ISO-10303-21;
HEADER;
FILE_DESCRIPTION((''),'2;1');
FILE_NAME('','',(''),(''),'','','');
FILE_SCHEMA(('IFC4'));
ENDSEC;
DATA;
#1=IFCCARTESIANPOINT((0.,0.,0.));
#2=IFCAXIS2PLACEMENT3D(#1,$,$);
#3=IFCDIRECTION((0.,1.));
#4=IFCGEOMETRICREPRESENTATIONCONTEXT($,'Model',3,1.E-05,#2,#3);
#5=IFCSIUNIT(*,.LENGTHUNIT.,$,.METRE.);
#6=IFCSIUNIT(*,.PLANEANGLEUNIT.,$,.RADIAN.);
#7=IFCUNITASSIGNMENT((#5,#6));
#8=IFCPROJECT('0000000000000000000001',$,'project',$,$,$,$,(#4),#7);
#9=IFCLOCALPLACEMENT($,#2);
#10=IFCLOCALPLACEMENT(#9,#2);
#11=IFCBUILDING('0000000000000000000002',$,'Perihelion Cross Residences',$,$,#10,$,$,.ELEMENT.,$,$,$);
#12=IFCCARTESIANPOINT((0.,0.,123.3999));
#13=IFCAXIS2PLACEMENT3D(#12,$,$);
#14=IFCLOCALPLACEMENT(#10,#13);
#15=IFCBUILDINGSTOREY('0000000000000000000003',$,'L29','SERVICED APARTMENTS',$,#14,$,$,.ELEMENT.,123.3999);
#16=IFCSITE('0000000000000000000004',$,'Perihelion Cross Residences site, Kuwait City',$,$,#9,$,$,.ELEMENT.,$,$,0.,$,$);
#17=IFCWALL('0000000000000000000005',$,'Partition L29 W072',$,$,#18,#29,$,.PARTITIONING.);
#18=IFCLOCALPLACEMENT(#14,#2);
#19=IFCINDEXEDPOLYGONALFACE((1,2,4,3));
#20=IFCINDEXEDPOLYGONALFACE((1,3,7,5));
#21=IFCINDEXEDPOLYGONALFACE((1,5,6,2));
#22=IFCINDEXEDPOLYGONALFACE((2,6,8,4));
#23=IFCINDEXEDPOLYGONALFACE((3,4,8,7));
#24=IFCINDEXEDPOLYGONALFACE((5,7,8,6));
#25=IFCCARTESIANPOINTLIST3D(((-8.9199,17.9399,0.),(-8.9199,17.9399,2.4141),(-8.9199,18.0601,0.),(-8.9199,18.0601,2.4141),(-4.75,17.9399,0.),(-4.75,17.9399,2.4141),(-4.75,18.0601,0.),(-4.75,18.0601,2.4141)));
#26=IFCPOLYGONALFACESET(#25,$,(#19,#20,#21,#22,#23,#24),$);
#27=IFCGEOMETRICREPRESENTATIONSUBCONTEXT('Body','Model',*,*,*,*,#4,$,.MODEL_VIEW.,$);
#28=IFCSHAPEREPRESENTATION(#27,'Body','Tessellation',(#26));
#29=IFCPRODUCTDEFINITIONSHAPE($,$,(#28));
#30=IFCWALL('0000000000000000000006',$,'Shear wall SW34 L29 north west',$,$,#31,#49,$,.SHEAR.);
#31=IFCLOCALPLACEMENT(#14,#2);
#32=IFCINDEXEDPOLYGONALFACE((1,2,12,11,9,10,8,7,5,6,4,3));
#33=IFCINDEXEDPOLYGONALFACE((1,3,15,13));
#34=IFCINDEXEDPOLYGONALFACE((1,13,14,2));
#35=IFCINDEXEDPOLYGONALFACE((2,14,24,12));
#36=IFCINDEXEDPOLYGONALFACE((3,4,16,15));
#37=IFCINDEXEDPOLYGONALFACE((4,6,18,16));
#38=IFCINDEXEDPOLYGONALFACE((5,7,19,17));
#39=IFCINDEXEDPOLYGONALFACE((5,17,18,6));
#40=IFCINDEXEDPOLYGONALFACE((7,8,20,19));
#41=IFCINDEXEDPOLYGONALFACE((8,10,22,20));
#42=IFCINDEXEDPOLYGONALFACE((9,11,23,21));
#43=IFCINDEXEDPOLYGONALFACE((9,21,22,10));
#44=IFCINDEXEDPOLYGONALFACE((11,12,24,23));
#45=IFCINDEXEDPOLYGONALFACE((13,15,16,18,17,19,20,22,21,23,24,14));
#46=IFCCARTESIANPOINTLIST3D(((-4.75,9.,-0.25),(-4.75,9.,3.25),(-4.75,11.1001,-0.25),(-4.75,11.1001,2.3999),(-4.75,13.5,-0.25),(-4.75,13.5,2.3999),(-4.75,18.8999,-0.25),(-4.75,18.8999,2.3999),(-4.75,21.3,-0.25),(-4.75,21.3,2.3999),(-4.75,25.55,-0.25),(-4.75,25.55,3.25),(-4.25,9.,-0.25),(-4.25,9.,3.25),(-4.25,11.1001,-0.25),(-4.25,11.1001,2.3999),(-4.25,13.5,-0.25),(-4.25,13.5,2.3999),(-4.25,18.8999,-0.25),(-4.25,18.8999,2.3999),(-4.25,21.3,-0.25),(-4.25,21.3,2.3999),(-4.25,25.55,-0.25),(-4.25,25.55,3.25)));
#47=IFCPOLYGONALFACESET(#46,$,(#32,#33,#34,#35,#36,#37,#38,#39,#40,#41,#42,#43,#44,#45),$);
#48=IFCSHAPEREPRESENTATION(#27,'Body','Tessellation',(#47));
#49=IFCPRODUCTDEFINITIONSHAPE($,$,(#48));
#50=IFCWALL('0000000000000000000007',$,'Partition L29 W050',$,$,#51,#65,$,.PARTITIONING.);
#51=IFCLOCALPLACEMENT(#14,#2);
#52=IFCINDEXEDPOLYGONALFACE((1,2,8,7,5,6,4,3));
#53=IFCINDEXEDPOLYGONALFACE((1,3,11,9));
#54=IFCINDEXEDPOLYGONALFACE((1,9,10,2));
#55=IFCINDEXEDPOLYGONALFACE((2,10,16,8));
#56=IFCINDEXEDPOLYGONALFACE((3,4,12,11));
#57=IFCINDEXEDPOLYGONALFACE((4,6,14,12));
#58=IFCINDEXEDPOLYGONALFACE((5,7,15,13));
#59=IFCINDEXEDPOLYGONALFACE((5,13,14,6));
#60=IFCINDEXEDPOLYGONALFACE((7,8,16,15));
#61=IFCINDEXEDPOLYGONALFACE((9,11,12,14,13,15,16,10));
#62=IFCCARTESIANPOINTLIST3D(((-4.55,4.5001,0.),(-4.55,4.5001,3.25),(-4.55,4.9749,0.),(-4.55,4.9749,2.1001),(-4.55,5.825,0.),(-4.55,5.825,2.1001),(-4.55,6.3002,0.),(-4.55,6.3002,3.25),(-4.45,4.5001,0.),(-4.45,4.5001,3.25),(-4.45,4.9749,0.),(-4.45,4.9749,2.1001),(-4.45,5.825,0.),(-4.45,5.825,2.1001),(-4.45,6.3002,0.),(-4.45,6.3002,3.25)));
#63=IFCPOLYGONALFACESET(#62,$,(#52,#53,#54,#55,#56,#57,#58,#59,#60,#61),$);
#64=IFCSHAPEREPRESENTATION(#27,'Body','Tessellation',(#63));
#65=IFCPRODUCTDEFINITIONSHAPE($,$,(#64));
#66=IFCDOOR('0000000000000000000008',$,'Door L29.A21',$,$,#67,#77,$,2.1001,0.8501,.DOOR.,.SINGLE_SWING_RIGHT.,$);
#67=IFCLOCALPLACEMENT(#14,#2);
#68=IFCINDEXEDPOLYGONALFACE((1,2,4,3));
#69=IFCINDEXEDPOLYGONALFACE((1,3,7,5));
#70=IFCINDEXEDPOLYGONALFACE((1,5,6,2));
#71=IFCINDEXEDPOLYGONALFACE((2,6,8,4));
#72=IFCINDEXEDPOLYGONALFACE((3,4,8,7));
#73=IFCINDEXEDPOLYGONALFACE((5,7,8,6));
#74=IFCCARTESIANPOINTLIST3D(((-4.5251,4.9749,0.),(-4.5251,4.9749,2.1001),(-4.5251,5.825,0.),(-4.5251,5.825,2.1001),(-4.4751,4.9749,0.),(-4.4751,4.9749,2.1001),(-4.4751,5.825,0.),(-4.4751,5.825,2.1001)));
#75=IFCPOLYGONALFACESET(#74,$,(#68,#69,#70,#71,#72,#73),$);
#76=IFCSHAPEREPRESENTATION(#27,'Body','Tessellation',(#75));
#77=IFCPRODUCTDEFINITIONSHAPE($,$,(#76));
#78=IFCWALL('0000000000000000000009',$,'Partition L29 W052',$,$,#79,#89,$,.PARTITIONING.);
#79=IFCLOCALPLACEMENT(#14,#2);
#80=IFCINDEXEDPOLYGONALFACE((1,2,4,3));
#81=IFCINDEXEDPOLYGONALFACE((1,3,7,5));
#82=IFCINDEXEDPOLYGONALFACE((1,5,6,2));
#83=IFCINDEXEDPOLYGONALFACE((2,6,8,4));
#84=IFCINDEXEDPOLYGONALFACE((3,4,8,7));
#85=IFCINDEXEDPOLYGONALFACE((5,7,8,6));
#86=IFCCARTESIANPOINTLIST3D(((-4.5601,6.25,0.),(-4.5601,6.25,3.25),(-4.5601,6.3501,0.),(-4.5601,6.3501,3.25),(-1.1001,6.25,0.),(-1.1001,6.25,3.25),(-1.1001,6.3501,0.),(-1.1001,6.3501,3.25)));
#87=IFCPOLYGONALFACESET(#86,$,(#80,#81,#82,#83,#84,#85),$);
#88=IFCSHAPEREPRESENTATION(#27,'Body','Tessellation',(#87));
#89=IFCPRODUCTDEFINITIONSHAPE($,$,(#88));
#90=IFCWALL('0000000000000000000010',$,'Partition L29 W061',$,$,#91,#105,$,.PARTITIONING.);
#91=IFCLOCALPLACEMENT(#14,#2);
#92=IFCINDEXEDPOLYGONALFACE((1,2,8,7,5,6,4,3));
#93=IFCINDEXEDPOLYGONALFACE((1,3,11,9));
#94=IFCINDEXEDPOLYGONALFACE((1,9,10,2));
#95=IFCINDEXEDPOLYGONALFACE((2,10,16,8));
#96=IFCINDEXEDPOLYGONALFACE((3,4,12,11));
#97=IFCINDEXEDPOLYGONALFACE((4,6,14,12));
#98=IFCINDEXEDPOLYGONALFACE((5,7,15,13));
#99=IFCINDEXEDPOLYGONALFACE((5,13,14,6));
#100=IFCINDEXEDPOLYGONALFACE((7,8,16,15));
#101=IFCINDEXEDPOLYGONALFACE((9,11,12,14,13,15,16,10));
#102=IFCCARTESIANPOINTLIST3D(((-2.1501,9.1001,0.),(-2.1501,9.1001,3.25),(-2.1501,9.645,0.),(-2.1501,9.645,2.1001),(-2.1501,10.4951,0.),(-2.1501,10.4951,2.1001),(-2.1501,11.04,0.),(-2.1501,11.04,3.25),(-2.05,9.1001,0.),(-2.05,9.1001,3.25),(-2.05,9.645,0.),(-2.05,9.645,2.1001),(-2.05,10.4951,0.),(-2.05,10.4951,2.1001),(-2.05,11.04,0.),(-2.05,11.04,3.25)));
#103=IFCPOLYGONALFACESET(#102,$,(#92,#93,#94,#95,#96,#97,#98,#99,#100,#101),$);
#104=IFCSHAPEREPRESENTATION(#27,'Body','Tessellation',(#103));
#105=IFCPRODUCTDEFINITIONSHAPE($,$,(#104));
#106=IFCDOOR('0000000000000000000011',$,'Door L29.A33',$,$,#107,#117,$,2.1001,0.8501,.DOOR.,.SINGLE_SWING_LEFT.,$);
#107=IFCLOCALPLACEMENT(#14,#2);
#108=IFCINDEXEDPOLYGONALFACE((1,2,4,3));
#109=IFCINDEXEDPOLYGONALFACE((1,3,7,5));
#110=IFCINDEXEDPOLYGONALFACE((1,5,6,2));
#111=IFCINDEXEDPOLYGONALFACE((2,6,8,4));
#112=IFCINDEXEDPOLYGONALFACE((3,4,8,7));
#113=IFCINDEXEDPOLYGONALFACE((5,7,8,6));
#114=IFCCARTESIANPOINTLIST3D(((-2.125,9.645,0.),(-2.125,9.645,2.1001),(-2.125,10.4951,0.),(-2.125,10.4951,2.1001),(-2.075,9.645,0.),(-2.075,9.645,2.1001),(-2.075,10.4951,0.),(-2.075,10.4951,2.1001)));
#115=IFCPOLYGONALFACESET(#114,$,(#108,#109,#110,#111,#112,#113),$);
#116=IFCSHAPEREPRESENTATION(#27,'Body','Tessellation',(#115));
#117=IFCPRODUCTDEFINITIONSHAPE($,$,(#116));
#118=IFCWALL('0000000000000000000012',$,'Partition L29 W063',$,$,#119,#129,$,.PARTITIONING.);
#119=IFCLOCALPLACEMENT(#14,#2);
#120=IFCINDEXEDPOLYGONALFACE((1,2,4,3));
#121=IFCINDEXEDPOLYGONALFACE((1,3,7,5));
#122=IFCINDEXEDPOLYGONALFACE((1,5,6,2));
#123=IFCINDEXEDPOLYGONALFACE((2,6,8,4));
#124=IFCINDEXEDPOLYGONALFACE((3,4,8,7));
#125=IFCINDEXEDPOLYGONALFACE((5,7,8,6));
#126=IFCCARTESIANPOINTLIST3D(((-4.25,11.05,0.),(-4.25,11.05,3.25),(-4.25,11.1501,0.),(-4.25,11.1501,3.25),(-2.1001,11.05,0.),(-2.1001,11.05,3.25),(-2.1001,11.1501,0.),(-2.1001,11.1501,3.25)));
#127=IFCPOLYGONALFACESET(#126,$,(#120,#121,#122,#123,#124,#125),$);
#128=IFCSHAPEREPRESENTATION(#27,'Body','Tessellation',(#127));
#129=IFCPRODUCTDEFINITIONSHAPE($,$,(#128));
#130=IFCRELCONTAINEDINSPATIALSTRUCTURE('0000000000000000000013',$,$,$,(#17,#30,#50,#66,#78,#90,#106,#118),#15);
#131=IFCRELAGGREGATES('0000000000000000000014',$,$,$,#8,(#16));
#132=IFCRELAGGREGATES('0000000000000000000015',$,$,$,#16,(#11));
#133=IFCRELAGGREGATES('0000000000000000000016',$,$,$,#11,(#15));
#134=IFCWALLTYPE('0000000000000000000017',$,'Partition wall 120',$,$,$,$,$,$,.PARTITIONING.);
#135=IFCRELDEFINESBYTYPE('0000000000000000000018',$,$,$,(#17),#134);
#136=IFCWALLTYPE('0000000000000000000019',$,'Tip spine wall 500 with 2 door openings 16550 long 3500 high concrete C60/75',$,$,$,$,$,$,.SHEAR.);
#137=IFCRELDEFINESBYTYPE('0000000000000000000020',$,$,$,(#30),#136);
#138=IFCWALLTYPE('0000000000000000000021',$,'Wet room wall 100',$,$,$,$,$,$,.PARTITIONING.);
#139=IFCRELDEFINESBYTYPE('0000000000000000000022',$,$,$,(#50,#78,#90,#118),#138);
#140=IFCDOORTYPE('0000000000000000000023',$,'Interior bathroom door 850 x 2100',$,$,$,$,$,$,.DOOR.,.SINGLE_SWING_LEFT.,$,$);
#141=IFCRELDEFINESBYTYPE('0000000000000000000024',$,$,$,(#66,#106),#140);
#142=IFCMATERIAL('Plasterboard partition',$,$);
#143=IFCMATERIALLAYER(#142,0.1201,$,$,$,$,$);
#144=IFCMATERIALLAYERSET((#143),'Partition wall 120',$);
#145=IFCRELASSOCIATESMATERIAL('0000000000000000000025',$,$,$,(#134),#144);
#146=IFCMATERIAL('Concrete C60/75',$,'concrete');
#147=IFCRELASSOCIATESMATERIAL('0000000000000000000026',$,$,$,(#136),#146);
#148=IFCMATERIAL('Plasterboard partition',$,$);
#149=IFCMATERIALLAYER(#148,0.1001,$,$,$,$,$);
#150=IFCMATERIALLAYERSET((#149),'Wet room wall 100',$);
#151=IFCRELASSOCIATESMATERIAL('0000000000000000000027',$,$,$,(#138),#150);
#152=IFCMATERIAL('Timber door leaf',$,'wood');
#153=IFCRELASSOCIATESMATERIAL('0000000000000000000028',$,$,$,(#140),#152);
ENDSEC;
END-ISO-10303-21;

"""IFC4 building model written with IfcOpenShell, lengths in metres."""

from ifc_helpers import new_model, si_unit, direction, frame, frame_2d, origin, place, context, subcontext, project, spatial, polyline, rectangle, outline, extrude, material, layer, layer_set, material_profile, profile_set, type_object, element, fill, save


model = new_model("IFC4")

# Units and contexts
model_context = context("Model", 3, precision=1e-05, world=origin(), true_north=direction((0.0, 1.0)))
body_context = subcontext(model_context, "Body", "Model", "MODEL_VIEW")
ifc_project = project(units=[si_unit("LENGTHUNIT", "METRE"), si_unit("PLANEANGLEUNIT", "RADIAN")], contexts=[model_context])

# Site, building, storey
site_placement = place(None, origin())
site = spatial("IfcSite", under=ifc_project, at=site_placement, Name="Perihelion Cross Residences site, Kuwait City", CompositionType="ELEMENT", RefElevation=0.0)
building_placement = place(site_placement, origin())
building = spatial("IfcBuilding", under=site, at=building_placement, Name="Perihelion Cross Residences", CompositionType="ELEMENT")
storey_placement = place(building_placement, frame((0.0, 0.0, 123.3999)))
storey = spatial("IfcBuildingStorey", under=building, at=storey_placement, Name="L29", Description="SERVICED APARTMENTS", CompositionType="ELEMENT", Elevation=123.3999)

# Shared definitions
ifc_material_1 = material(Name="Plasterboard partition")
ifc_layer_1 = layer(ifc_material_1, 0.1201)
ifc_layer_set_1 = layer_set([ifc_layer_1], Name="Partition wall 120")
wall_type_1 = type_object("IfcWallType", Name="Partition wall 120", PredefinedType="PARTITIONING", material=ifc_layer_set_1)

# Walls
wall_1_placement = place(storey_placement, frame((-8.9199, 18.0, 0.0), z_axis=(0.0, 0.0, 1.0), x_axis=(1.0, 0.0, 0.0)))
element("IfcWall", 1, at=wall_1_placement, inside=storey, type_object=wall_type_1, Name="Partition L29 W072", PredefinedType="PARTITIONING", context=body_context, shape_type="SweptSolid", body=[
    extrude(rectangle(XDim=4.1699, YDim=0.1201, at=frame_2d((2.085, 0.0))), origin(), (0.0, 0.0, 1.0), 2.4141),
])
ifc_material_2 = material(Name="Concrete C60/75", Category="concrete")
ifc_material_profile_1 = material_profile(ifc_material_2, outline(polyline([(0.0, 0.0), (2.1001, 0.0), (2.1001, 2.6499), (4.5, 2.6499), (4.5, 0.0), (9.8999, 0.0), (9.8999, 2.6499), (12.3, 2.6499), (12.3, 0.0), (16.55, 0.0), (16.55, 3.5), (0.0, 3.5), (0.0, 0.0)])), Name="Tip spine wall")
ifc_profile_set_1 = profile_set([ifc_material_profile_1], Name="Concrete C60/75")
wall_type_2 = type_object("IfcWallType", Name="Tip spine wall 500 with 2 door openings 16550 long 3500 high concrete C60/75", PredefinedType="SHEAR", material=ifc_profile_set_1)
wall_2_placement = place(storey_placement, frame((-4.75, 9.0, -0.25), z_axis=(1.0, 0.0, 0.0), x_axis=(0.0, 1.0, 0.0)))
element("IfcWall", 2, at=wall_2_placement, inside=storey, type_object=wall_type_2, Name="Shear wall SW34 L29 north west", PredefinedType="SHEAR", context=body_context, shape_type="SweptSolid", body=[
    extrude(outline(polyline([(0.0, 0.0), (2.1001, 0.0), (2.1001, 2.6499), (4.5, 2.6499), (4.5, 0.0), (9.8999, 0.0), (9.8999, 2.6499), (12.3, 2.6499), (12.3, 0.0), (16.55, 0.0), (16.55, 3.5), (0.0, 3.5), (0.0, 0.0)])), origin(), (0.0, 0.0, 1.0), 0.5),
])

# Wall, opening, door
ifc_material_3 = material(Name="Plasterboard partition")
ifc_layer_2 = layer(ifc_material_3, 0.1001)
ifc_layer_set_2 = layer_set([ifc_layer_2], Name="Wet room wall 100")
wall_type_3 = type_object("IfcWallType", Name="Wet room wall 100", PredefinedType="PARTITIONING", material=ifc_layer_set_2)
wall_3_placement = place(storey_placement, frame((-4.5, 6.3, 0.0), z_axis=(0.0, 0.0, 1.0), x_axis=(0.0, -1.0, 0.0)))
wall_3 = element("IfcWall", 3, at=wall_3_placement, inside=storey, type_object=wall_type_3, Name="Partition L29 W050", PredefinedType="PARTITIONING", context=body_context, shape_type="SweptSolid", body=[
    extrude(rectangle(XDim=1.8, YDim=0.1001, at=frame_2d((0.8999, 0.0))), origin(), (0.0, 0.0, 1.0), 3.25),
])
opening_1_placement = place(wall_3_placement, frame((0.4751, 0.0, 0.0)))
opening_1 = element("IfcOpeningElement", 4, at=opening_1_placement, cuts=wall_3, PredefinedType="OPENING", context=body_context, shape_type="SweptSolid", body=[
    extrude(rectangle(XDim=0.8501, YDim=2.1001, at=frame_2d((0.425, 1.05))), frame((0.0, 0.0601, 0.0), z_axis=(0.0, -1.0, 0.0), x_axis=(1.0, 0.0, 0.0)), (0.0, 0.0, 1.0), 0.1201),
])
ifc_material_4 = material(Name="Timber door leaf", Category="wood")
door_type_1 = type_object("IfcDoorType", Name="Interior bathroom door 850 x 2100", OperationType="SINGLE_SWING_LEFT", PredefinedType="DOOR", material=ifc_material_4)
door_1_placement = place(opening_1_placement, origin())
door_1 = element("IfcDoor", 5, at=door_1_placement, inside=storey, type_object=door_type_1, Name="Door L29.A21", OperationType="SINGLE_SWING_RIGHT", OverallHeight=2.1001, OverallWidth=0.8501, PredefinedType="DOOR", context=body_context, shape_type="SweptSolid", body=[
    extrude(rectangle(XDim=0.8501, YDim=2.1001, at=frame_2d((0.425, 1.05))), frame((0.0, 0.0249, 0.0), z_axis=(0.0, -1.0, 0.0), x_axis=(1.0, 0.0, 0.0)), (0.0, 0.0, 1.0), 0.05),
])
fill(opening_1, door_1)

# Wall
wall_4_placement = place(storey_placement, frame((-4.5601, 6.3, 0.0), z_axis=(0.0, 0.0, 1.0), x_axis=(1.0, 0.0, 0.0)))
element("IfcWall", 6, at=wall_4_placement, inside=storey, type_object=wall_type_3, Name="Partition L29 W052", PredefinedType="PARTITIONING", context=body_context, shape_type="SweptSolid", body=[
    extrude(rectangle(XDim=3.46, YDim=0.1001, at=frame_2d((1.73, 0.0))), origin(), (0.0, 0.0, 1.0), 3.25),
])

# Wall, opening, door
wall_5_placement = place(storey_placement, frame((-2.1001, 9.1001, 0.0), z_axis=(0.0, 0.0, 1.0), x_axis=(0.0, 1.0, 0.0)))
wall_5 = element("IfcWall", 7, at=wall_5_placement, inside=storey, type_object=wall_type_3, Name="Partition L29 W061", PredefinedType="PARTITIONING", context=body_context, shape_type="SweptSolid", body=[
    extrude(rectangle(XDim=1.9399, YDim=0.1001, at=frame_2d((0.97, 0.0))), origin(), (0.0, 0.0, 1.0), 3.25),
])
opening_2_placement = place(wall_5_placement, frame((0.5449, 0.0, 0.0)))
opening_2 = element("IfcOpeningElement", 8, at=opening_2_placement, cuts=wall_5, PredefinedType="OPENING", context=body_context, shape_type="SweptSolid", body=[
    extrude(rectangle(XDim=0.8501, YDim=2.1001, at=frame_2d((0.425, 1.05))), frame((0.0, 0.0601, 0.0), z_axis=(0.0, -1.0, 0.0), x_axis=(1.0, 0.0, 0.0)), (0.0, 0.0, 1.0), 0.1201),
])
door_2_placement = place(opening_2_placement, origin())
door_2 = element("IfcDoor", 9, at=door_2_placement, inside=storey, type_object=door_type_1, Name="Door L29.A33", OperationType="SINGLE_SWING_LEFT", OverallHeight=2.1001, OverallWidth=0.8501, PredefinedType="DOOR", context=body_context, shape_type="SweptSolid", body=[
    extrude(rectangle(XDim=0.8501, YDim=2.1001, at=frame_2d((0.425, 1.05))), frame((0.0, 0.0249, 0.0), z_axis=(0.0, -1.0, 0.0), x_axis=(1.0, 0.0, 0.0)), (0.0, 0.0, 1.0), 0.05),
])
fill(opening_2, door_2)

# Wall
wall_6_placement = place(storey_placement, frame((-4.25, 11.1001, 0.0), z_axis=(0.0, 0.0, 1.0), x_axis=(1.0, 0.0, 0.0)))
element("IfcWall", 10, at=wall_6_placement, inside=storey, type_object=wall_type_3, Name="Partition L29 W063", PredefinedType="PARTITIONING", context=body_context, shape_type="SweptSolid", body=[
    extrude(rectangle(XDim=2.1499, YDim=0.1001, at=frame_2d((1.075, 0.0))), origin(), (0.0, 0.0, 1.0), 3.25),
])

save(model, "model.ifc")
